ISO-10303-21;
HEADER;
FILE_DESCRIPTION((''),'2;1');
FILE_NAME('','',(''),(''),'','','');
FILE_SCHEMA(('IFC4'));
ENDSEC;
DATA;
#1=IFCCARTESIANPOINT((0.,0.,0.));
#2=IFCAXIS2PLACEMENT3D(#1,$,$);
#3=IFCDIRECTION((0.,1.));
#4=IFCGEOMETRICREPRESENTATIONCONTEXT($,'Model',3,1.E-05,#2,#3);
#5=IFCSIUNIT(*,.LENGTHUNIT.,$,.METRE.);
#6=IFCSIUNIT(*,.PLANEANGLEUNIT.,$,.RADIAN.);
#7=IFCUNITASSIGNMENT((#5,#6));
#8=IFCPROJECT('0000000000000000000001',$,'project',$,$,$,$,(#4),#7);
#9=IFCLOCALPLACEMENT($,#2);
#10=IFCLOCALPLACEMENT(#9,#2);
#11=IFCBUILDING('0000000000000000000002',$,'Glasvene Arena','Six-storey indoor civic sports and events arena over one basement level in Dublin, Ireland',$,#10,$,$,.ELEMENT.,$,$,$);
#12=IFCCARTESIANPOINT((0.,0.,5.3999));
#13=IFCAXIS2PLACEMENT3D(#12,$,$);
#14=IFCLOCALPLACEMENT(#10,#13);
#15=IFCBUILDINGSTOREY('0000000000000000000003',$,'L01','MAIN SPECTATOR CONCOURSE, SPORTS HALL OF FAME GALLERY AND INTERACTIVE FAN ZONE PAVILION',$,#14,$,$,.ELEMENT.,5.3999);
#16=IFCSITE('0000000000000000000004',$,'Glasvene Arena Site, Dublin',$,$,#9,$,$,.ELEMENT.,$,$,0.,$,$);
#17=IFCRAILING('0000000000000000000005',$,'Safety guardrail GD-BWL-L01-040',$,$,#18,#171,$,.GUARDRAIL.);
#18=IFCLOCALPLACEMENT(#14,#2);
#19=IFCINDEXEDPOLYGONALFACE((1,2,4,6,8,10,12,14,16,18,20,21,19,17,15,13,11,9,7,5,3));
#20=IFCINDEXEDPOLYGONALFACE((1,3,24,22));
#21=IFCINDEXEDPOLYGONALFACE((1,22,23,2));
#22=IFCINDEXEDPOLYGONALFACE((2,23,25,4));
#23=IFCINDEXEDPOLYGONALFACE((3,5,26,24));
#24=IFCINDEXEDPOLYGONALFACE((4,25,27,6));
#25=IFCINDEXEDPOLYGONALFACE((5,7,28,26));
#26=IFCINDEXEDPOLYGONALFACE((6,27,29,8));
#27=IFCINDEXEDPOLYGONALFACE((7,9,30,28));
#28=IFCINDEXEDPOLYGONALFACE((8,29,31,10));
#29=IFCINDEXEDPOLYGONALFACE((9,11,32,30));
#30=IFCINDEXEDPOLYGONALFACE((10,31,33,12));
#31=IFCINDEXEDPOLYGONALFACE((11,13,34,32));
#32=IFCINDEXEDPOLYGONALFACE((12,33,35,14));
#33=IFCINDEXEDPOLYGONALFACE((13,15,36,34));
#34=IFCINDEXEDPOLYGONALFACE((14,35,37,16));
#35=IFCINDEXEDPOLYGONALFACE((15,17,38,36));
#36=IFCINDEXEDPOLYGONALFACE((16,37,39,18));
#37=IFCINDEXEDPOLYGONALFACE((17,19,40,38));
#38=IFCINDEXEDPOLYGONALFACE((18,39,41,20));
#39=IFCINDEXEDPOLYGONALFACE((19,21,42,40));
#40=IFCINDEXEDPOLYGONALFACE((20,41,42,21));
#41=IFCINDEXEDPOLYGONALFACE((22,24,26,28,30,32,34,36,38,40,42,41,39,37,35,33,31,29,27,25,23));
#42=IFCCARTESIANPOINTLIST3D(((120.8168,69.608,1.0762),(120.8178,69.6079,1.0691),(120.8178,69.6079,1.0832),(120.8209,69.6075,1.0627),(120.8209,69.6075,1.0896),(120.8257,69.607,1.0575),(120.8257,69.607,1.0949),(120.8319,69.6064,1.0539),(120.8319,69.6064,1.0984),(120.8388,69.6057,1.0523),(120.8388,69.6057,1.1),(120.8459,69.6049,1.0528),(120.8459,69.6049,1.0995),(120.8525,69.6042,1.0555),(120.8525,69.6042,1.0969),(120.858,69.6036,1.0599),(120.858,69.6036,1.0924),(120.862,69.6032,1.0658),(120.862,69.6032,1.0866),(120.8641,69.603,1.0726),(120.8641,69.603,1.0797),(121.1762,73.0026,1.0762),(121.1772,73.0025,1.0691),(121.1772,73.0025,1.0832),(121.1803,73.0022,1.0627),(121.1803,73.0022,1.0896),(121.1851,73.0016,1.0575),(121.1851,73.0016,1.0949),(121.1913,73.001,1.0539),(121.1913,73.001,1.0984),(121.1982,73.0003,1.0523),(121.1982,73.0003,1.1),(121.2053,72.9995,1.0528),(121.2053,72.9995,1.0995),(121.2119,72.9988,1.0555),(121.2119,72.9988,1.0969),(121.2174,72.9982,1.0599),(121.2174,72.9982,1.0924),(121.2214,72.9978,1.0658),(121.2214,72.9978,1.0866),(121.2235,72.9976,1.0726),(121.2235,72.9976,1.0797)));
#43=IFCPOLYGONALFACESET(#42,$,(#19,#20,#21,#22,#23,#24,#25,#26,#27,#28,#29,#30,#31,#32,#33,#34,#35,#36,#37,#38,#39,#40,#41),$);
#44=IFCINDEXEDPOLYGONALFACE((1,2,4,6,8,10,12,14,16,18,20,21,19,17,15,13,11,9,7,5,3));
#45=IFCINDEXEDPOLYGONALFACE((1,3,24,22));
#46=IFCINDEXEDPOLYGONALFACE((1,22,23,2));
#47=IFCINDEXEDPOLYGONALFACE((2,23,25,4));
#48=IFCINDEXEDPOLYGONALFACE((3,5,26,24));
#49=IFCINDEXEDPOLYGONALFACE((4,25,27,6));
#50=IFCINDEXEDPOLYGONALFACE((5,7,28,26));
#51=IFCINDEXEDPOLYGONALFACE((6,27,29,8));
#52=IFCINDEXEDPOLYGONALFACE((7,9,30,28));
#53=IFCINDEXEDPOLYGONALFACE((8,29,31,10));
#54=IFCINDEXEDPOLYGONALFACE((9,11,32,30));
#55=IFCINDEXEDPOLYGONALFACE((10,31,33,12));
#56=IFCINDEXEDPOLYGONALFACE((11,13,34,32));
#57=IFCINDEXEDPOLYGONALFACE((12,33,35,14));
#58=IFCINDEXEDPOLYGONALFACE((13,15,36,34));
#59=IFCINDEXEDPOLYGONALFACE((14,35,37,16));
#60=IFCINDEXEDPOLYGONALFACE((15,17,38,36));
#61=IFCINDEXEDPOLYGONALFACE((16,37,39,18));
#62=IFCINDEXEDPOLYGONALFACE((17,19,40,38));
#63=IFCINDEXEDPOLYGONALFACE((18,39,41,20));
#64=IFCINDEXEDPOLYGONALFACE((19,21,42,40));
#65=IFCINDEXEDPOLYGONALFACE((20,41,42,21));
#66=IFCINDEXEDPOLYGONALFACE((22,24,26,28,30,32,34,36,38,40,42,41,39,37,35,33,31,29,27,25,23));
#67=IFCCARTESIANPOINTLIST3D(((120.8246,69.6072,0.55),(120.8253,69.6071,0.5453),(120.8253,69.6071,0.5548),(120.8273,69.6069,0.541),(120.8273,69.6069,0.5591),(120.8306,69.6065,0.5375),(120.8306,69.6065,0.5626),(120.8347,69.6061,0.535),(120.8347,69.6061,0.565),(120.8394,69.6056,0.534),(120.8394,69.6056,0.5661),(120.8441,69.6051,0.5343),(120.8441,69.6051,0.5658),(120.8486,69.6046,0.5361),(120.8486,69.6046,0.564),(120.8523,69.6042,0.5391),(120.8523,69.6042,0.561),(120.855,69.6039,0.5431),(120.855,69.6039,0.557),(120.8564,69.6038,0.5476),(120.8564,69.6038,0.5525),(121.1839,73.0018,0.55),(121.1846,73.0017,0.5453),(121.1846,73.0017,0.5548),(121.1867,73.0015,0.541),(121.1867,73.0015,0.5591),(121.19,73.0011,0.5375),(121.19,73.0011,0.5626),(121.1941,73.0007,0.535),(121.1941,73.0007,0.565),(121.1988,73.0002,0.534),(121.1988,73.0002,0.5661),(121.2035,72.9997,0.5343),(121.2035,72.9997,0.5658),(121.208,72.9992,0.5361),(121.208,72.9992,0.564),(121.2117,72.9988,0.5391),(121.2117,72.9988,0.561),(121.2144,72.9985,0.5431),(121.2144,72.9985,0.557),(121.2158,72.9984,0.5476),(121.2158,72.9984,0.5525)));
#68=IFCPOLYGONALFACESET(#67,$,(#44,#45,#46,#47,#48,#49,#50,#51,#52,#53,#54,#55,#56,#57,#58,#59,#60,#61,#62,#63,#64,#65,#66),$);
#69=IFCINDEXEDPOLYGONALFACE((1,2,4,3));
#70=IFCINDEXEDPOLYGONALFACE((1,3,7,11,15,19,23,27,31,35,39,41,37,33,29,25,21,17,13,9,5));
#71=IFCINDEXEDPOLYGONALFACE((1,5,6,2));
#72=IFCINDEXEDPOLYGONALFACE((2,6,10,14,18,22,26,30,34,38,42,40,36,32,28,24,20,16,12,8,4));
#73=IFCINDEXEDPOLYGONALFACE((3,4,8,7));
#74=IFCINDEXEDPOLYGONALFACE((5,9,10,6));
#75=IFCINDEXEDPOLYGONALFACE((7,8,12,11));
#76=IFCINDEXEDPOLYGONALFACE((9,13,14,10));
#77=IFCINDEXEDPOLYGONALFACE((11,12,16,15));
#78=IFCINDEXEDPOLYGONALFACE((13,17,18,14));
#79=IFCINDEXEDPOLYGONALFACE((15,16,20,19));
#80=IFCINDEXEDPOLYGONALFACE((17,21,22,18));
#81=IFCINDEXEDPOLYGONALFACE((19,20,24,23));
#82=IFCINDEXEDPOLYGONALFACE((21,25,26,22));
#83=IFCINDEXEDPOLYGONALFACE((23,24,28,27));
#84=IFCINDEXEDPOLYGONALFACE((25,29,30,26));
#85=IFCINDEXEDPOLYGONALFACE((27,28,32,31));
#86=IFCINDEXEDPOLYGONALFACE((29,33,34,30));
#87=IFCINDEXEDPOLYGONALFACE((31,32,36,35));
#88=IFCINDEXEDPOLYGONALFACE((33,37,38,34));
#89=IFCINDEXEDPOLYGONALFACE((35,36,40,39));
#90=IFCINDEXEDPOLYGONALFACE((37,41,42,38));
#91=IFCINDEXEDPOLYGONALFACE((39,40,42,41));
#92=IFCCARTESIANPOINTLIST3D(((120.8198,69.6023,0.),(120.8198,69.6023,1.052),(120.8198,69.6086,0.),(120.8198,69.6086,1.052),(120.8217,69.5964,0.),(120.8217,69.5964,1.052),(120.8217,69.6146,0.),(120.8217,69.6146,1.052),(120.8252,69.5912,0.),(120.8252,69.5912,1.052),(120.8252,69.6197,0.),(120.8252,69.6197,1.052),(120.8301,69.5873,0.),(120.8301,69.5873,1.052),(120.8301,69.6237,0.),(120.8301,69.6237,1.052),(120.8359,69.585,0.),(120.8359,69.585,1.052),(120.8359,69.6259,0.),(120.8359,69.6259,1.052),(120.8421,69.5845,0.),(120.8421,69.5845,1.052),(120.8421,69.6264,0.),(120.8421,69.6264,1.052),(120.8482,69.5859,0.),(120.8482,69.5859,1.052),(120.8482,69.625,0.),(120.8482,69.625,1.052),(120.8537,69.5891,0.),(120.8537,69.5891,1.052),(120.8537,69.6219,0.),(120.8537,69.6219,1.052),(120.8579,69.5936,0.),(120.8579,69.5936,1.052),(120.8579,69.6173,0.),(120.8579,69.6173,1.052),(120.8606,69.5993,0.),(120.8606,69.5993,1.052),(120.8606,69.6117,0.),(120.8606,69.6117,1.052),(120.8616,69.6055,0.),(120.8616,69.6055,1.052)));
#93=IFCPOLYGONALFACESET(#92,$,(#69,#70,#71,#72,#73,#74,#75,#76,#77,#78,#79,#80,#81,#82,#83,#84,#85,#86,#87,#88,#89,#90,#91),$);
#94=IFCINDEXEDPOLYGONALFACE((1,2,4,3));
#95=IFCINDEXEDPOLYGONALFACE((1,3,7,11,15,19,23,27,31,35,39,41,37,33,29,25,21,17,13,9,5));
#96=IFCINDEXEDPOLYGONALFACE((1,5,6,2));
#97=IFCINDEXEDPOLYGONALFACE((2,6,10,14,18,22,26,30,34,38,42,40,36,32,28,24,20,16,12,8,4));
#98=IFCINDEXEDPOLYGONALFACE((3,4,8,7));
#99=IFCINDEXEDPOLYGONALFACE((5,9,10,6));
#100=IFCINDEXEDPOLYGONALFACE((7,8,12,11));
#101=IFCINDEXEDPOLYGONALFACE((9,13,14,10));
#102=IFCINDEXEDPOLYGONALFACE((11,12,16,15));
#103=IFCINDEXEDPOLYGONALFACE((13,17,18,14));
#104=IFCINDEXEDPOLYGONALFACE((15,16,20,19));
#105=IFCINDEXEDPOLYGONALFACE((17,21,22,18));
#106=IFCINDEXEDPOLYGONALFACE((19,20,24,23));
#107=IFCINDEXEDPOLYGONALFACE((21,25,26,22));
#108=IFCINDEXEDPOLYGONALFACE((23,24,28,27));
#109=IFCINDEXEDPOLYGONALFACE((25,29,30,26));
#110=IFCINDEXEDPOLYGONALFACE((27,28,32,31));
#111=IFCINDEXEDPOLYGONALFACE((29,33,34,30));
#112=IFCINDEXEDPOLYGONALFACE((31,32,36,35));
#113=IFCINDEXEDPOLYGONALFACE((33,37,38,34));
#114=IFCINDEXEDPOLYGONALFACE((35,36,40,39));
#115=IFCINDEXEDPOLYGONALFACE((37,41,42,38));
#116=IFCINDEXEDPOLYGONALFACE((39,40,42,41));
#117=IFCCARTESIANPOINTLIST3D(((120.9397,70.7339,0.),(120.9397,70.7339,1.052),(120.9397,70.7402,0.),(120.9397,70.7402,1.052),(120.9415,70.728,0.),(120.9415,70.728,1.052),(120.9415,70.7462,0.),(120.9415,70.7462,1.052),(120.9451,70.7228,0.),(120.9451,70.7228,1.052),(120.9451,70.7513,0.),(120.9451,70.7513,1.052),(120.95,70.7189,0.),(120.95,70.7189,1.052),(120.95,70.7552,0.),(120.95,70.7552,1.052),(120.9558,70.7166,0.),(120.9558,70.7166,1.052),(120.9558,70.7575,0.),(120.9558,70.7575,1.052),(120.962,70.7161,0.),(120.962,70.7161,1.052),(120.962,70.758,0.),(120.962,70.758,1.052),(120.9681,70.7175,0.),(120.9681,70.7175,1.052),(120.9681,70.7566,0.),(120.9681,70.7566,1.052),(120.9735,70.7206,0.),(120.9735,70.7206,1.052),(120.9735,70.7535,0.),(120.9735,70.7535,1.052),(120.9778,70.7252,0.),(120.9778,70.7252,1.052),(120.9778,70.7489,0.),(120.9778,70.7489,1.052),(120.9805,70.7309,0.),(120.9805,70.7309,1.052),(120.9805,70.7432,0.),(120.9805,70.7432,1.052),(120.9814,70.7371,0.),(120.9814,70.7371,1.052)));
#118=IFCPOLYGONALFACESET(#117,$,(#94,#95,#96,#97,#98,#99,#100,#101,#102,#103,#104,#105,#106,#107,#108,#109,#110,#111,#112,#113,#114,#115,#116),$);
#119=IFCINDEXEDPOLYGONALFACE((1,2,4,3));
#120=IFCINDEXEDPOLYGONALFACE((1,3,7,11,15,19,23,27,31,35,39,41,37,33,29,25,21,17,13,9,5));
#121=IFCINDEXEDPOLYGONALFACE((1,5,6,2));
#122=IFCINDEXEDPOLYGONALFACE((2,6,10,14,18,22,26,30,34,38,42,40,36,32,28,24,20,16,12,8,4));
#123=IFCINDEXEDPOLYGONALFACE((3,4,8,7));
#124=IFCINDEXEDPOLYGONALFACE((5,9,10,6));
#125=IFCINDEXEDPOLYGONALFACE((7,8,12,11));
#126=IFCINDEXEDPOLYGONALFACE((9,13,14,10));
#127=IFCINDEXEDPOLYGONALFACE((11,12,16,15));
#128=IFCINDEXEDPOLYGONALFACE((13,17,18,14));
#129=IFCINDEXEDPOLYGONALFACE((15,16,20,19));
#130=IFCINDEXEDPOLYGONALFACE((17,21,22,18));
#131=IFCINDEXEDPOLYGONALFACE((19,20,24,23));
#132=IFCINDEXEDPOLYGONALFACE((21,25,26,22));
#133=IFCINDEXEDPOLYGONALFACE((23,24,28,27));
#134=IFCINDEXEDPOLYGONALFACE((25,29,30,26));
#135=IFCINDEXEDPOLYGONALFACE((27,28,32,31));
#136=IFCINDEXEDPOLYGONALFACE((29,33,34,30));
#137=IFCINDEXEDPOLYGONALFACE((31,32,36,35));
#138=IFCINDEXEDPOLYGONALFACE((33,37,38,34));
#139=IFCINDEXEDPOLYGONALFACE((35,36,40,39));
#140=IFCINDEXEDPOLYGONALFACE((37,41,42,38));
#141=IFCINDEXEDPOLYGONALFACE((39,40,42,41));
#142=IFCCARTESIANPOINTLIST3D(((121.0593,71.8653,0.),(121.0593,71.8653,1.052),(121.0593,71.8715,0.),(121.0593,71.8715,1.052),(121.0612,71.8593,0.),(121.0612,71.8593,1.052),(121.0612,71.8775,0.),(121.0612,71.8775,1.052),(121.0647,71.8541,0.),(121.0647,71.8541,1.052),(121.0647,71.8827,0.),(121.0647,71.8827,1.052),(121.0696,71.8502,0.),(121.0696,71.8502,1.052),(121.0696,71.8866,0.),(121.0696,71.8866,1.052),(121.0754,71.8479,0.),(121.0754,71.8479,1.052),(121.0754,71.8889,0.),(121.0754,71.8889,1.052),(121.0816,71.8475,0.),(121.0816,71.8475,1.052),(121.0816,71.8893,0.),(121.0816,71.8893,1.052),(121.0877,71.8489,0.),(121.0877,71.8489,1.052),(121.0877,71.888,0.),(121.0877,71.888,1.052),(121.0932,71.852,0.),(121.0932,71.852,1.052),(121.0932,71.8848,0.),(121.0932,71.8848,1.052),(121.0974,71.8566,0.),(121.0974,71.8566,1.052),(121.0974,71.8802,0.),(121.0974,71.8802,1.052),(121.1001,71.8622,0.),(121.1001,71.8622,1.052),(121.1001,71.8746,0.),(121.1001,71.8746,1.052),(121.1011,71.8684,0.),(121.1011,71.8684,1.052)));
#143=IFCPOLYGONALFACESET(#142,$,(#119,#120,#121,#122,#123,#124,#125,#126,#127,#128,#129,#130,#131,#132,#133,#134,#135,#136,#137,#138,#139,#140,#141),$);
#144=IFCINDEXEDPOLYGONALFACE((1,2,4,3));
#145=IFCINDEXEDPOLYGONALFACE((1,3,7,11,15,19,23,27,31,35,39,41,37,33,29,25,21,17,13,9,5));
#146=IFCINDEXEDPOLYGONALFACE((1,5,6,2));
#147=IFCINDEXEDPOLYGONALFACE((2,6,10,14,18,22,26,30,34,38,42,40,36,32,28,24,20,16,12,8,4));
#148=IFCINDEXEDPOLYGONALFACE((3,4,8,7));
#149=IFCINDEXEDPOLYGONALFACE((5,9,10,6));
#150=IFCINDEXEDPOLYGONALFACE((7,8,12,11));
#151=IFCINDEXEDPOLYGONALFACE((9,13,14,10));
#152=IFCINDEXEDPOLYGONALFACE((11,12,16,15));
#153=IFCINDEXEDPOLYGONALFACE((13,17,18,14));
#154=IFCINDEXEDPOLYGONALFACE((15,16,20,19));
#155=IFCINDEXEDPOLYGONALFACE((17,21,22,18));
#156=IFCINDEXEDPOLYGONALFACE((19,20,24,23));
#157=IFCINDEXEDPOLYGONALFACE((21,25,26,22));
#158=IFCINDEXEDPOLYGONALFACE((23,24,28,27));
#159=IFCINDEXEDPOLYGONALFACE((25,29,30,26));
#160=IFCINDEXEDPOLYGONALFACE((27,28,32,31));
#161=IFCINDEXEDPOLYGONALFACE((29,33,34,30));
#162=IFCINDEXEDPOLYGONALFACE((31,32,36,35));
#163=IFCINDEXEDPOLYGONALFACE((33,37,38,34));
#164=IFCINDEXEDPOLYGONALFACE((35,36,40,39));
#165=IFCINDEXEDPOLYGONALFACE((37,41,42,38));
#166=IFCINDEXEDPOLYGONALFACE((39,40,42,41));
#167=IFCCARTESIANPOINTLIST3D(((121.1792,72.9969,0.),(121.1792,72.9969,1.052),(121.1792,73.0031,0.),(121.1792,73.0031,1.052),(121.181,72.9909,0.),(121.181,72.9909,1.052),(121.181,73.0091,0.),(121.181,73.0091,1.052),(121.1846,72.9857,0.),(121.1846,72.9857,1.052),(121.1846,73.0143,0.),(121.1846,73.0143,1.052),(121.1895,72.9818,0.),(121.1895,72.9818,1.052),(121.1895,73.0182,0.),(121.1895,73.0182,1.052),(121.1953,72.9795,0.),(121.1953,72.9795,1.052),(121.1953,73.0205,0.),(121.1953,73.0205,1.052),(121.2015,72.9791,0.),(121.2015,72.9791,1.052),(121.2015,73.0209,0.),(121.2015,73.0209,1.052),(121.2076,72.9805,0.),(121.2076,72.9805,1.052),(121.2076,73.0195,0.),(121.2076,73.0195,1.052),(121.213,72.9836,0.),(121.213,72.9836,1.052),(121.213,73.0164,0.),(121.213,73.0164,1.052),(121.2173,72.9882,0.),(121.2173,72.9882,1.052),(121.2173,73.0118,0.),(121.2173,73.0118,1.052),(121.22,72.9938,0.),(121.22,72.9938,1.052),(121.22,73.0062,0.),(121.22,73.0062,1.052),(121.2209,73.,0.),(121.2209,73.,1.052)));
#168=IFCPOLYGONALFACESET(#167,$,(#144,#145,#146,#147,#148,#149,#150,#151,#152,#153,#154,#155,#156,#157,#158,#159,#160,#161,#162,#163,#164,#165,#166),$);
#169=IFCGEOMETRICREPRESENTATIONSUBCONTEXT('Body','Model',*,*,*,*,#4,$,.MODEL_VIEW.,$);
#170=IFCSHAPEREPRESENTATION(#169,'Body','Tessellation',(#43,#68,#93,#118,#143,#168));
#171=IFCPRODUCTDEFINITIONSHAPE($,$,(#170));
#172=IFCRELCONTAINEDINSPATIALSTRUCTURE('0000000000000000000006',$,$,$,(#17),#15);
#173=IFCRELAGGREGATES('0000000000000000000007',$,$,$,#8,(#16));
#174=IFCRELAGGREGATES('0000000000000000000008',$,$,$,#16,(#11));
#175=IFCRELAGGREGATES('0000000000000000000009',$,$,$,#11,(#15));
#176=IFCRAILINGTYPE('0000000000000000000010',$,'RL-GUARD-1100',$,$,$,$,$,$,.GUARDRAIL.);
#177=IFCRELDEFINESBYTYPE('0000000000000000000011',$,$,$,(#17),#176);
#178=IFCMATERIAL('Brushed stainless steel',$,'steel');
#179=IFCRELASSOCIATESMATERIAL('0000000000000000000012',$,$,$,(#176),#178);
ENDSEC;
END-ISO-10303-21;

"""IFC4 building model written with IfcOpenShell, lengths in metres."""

from ifc_helpers import new_model, si_unit, direction, frame, origin, origin_2d, place, context, subcontext, project, spatial, circle, extrude, material, type_object, element, save


model = new_model("IFC4")

# Units and contexts
model_context = context("Model", 3, precision=1e-05, world=origin(), true_north=direction((0.0, 1.0)))
body_context = subcontext(model_context, "Body", "Model", "MODEL_VIEW")
ifc_project = project(units=[si_unit("LENGTHUNIT", "METRE"), si_unit("PLANEANGLEUNIT", "RADIAN")], contexts=[model_context])

# Site, building, storey
site_placement = place(None, origin())
site = spatial("IfcSite", under=ifc_project, at=site_placement, Name="Glasvene Arena Site, Dublin", CompositionType="ELEMENT", RefElevation=0.0)
building_placement = place(site_placement, origin())
building = spatial("IfcBuilding", under=site, at=building_placement, Name="Glasvene Arena", Description="Six-storey indoor civic sports and events arena over one basement level in Dublin, Ireland", CompositionType="ELEMENT")
storey_placement = place(building_placement, frame((0.0, 0.0, 5.3999)))
storey = spatial("IfcBuildingStorey", under=building, at=storey_placement, Name="L01", Description="MAIN SPECTATOR CONCOURSE, SPORTS HALL OF FAME GALLERY AND INTERACTIVE FAN ZONE PAVILION", CompositionType="ELEMENT", Elevation=5.3999)

# Railing
ifc_material_1 = material(Name="Brushed stainless steel", Category="steel")
railing_type = type_object("IfcRailingType", Name="RL-GUARD-1100", PredefinedType="GUARDRAIL", material=ifc_material_1)
railing_1_placement = place(storey_placement, frame((120.8406, 69.6055, 0.0)))
element("IfcRailing", 1, at=railing_1_placement, inside=storey, type_object=railing_type, Name="Safety guardrail GD-BWL-L01-040", PredefinedType="GUARDRAIL", context=body_context, shape_type="SweptSolid", body=[
    extrude(circle(Radius=0.0239, at=origin_2d()), frame((0.0, 0.0, 1.0762), z_axis=(0.10528, 0.994443, 0.0), x_axis=(-0.994443, 0.10528, 0.0)), (0.0, 0.0, 1.0), 3.4136),
    extrude(circle(Radius=0.0161, at=origin_2d()), frame((0.0, 0.0, 0.55), z_axis=(0.10528, 0.994443, 0.0), x_axis=(-0.994443, 0.10528, 0.0)), (0.0, 0.0, 1.0), 3.4136),
    extrude(circle(Radius=0.021, at=origin_2d()), origin(), (0.0, 0.0, 1.0), 1.052),
    extrude(circle(Radius=0.021, at=origin_2d()), frame((0.1199, 1.1316, 0.0)), (0.0, 0.0, 1.0), 1.052),
    extrude(circle(Radius=0.021, at=origin_2d()), frame((0.2395, 2.2629, 0.0)), (0.0, 0.0, 1.0), 1.052),
    extrude(circle(Radius=0.021, at=origin_2d()), frame((0.3594, 3.3945, 0.0)), (0.0, 0.0, 1.0), 1.052),
])

save(model, "model.ifc")
